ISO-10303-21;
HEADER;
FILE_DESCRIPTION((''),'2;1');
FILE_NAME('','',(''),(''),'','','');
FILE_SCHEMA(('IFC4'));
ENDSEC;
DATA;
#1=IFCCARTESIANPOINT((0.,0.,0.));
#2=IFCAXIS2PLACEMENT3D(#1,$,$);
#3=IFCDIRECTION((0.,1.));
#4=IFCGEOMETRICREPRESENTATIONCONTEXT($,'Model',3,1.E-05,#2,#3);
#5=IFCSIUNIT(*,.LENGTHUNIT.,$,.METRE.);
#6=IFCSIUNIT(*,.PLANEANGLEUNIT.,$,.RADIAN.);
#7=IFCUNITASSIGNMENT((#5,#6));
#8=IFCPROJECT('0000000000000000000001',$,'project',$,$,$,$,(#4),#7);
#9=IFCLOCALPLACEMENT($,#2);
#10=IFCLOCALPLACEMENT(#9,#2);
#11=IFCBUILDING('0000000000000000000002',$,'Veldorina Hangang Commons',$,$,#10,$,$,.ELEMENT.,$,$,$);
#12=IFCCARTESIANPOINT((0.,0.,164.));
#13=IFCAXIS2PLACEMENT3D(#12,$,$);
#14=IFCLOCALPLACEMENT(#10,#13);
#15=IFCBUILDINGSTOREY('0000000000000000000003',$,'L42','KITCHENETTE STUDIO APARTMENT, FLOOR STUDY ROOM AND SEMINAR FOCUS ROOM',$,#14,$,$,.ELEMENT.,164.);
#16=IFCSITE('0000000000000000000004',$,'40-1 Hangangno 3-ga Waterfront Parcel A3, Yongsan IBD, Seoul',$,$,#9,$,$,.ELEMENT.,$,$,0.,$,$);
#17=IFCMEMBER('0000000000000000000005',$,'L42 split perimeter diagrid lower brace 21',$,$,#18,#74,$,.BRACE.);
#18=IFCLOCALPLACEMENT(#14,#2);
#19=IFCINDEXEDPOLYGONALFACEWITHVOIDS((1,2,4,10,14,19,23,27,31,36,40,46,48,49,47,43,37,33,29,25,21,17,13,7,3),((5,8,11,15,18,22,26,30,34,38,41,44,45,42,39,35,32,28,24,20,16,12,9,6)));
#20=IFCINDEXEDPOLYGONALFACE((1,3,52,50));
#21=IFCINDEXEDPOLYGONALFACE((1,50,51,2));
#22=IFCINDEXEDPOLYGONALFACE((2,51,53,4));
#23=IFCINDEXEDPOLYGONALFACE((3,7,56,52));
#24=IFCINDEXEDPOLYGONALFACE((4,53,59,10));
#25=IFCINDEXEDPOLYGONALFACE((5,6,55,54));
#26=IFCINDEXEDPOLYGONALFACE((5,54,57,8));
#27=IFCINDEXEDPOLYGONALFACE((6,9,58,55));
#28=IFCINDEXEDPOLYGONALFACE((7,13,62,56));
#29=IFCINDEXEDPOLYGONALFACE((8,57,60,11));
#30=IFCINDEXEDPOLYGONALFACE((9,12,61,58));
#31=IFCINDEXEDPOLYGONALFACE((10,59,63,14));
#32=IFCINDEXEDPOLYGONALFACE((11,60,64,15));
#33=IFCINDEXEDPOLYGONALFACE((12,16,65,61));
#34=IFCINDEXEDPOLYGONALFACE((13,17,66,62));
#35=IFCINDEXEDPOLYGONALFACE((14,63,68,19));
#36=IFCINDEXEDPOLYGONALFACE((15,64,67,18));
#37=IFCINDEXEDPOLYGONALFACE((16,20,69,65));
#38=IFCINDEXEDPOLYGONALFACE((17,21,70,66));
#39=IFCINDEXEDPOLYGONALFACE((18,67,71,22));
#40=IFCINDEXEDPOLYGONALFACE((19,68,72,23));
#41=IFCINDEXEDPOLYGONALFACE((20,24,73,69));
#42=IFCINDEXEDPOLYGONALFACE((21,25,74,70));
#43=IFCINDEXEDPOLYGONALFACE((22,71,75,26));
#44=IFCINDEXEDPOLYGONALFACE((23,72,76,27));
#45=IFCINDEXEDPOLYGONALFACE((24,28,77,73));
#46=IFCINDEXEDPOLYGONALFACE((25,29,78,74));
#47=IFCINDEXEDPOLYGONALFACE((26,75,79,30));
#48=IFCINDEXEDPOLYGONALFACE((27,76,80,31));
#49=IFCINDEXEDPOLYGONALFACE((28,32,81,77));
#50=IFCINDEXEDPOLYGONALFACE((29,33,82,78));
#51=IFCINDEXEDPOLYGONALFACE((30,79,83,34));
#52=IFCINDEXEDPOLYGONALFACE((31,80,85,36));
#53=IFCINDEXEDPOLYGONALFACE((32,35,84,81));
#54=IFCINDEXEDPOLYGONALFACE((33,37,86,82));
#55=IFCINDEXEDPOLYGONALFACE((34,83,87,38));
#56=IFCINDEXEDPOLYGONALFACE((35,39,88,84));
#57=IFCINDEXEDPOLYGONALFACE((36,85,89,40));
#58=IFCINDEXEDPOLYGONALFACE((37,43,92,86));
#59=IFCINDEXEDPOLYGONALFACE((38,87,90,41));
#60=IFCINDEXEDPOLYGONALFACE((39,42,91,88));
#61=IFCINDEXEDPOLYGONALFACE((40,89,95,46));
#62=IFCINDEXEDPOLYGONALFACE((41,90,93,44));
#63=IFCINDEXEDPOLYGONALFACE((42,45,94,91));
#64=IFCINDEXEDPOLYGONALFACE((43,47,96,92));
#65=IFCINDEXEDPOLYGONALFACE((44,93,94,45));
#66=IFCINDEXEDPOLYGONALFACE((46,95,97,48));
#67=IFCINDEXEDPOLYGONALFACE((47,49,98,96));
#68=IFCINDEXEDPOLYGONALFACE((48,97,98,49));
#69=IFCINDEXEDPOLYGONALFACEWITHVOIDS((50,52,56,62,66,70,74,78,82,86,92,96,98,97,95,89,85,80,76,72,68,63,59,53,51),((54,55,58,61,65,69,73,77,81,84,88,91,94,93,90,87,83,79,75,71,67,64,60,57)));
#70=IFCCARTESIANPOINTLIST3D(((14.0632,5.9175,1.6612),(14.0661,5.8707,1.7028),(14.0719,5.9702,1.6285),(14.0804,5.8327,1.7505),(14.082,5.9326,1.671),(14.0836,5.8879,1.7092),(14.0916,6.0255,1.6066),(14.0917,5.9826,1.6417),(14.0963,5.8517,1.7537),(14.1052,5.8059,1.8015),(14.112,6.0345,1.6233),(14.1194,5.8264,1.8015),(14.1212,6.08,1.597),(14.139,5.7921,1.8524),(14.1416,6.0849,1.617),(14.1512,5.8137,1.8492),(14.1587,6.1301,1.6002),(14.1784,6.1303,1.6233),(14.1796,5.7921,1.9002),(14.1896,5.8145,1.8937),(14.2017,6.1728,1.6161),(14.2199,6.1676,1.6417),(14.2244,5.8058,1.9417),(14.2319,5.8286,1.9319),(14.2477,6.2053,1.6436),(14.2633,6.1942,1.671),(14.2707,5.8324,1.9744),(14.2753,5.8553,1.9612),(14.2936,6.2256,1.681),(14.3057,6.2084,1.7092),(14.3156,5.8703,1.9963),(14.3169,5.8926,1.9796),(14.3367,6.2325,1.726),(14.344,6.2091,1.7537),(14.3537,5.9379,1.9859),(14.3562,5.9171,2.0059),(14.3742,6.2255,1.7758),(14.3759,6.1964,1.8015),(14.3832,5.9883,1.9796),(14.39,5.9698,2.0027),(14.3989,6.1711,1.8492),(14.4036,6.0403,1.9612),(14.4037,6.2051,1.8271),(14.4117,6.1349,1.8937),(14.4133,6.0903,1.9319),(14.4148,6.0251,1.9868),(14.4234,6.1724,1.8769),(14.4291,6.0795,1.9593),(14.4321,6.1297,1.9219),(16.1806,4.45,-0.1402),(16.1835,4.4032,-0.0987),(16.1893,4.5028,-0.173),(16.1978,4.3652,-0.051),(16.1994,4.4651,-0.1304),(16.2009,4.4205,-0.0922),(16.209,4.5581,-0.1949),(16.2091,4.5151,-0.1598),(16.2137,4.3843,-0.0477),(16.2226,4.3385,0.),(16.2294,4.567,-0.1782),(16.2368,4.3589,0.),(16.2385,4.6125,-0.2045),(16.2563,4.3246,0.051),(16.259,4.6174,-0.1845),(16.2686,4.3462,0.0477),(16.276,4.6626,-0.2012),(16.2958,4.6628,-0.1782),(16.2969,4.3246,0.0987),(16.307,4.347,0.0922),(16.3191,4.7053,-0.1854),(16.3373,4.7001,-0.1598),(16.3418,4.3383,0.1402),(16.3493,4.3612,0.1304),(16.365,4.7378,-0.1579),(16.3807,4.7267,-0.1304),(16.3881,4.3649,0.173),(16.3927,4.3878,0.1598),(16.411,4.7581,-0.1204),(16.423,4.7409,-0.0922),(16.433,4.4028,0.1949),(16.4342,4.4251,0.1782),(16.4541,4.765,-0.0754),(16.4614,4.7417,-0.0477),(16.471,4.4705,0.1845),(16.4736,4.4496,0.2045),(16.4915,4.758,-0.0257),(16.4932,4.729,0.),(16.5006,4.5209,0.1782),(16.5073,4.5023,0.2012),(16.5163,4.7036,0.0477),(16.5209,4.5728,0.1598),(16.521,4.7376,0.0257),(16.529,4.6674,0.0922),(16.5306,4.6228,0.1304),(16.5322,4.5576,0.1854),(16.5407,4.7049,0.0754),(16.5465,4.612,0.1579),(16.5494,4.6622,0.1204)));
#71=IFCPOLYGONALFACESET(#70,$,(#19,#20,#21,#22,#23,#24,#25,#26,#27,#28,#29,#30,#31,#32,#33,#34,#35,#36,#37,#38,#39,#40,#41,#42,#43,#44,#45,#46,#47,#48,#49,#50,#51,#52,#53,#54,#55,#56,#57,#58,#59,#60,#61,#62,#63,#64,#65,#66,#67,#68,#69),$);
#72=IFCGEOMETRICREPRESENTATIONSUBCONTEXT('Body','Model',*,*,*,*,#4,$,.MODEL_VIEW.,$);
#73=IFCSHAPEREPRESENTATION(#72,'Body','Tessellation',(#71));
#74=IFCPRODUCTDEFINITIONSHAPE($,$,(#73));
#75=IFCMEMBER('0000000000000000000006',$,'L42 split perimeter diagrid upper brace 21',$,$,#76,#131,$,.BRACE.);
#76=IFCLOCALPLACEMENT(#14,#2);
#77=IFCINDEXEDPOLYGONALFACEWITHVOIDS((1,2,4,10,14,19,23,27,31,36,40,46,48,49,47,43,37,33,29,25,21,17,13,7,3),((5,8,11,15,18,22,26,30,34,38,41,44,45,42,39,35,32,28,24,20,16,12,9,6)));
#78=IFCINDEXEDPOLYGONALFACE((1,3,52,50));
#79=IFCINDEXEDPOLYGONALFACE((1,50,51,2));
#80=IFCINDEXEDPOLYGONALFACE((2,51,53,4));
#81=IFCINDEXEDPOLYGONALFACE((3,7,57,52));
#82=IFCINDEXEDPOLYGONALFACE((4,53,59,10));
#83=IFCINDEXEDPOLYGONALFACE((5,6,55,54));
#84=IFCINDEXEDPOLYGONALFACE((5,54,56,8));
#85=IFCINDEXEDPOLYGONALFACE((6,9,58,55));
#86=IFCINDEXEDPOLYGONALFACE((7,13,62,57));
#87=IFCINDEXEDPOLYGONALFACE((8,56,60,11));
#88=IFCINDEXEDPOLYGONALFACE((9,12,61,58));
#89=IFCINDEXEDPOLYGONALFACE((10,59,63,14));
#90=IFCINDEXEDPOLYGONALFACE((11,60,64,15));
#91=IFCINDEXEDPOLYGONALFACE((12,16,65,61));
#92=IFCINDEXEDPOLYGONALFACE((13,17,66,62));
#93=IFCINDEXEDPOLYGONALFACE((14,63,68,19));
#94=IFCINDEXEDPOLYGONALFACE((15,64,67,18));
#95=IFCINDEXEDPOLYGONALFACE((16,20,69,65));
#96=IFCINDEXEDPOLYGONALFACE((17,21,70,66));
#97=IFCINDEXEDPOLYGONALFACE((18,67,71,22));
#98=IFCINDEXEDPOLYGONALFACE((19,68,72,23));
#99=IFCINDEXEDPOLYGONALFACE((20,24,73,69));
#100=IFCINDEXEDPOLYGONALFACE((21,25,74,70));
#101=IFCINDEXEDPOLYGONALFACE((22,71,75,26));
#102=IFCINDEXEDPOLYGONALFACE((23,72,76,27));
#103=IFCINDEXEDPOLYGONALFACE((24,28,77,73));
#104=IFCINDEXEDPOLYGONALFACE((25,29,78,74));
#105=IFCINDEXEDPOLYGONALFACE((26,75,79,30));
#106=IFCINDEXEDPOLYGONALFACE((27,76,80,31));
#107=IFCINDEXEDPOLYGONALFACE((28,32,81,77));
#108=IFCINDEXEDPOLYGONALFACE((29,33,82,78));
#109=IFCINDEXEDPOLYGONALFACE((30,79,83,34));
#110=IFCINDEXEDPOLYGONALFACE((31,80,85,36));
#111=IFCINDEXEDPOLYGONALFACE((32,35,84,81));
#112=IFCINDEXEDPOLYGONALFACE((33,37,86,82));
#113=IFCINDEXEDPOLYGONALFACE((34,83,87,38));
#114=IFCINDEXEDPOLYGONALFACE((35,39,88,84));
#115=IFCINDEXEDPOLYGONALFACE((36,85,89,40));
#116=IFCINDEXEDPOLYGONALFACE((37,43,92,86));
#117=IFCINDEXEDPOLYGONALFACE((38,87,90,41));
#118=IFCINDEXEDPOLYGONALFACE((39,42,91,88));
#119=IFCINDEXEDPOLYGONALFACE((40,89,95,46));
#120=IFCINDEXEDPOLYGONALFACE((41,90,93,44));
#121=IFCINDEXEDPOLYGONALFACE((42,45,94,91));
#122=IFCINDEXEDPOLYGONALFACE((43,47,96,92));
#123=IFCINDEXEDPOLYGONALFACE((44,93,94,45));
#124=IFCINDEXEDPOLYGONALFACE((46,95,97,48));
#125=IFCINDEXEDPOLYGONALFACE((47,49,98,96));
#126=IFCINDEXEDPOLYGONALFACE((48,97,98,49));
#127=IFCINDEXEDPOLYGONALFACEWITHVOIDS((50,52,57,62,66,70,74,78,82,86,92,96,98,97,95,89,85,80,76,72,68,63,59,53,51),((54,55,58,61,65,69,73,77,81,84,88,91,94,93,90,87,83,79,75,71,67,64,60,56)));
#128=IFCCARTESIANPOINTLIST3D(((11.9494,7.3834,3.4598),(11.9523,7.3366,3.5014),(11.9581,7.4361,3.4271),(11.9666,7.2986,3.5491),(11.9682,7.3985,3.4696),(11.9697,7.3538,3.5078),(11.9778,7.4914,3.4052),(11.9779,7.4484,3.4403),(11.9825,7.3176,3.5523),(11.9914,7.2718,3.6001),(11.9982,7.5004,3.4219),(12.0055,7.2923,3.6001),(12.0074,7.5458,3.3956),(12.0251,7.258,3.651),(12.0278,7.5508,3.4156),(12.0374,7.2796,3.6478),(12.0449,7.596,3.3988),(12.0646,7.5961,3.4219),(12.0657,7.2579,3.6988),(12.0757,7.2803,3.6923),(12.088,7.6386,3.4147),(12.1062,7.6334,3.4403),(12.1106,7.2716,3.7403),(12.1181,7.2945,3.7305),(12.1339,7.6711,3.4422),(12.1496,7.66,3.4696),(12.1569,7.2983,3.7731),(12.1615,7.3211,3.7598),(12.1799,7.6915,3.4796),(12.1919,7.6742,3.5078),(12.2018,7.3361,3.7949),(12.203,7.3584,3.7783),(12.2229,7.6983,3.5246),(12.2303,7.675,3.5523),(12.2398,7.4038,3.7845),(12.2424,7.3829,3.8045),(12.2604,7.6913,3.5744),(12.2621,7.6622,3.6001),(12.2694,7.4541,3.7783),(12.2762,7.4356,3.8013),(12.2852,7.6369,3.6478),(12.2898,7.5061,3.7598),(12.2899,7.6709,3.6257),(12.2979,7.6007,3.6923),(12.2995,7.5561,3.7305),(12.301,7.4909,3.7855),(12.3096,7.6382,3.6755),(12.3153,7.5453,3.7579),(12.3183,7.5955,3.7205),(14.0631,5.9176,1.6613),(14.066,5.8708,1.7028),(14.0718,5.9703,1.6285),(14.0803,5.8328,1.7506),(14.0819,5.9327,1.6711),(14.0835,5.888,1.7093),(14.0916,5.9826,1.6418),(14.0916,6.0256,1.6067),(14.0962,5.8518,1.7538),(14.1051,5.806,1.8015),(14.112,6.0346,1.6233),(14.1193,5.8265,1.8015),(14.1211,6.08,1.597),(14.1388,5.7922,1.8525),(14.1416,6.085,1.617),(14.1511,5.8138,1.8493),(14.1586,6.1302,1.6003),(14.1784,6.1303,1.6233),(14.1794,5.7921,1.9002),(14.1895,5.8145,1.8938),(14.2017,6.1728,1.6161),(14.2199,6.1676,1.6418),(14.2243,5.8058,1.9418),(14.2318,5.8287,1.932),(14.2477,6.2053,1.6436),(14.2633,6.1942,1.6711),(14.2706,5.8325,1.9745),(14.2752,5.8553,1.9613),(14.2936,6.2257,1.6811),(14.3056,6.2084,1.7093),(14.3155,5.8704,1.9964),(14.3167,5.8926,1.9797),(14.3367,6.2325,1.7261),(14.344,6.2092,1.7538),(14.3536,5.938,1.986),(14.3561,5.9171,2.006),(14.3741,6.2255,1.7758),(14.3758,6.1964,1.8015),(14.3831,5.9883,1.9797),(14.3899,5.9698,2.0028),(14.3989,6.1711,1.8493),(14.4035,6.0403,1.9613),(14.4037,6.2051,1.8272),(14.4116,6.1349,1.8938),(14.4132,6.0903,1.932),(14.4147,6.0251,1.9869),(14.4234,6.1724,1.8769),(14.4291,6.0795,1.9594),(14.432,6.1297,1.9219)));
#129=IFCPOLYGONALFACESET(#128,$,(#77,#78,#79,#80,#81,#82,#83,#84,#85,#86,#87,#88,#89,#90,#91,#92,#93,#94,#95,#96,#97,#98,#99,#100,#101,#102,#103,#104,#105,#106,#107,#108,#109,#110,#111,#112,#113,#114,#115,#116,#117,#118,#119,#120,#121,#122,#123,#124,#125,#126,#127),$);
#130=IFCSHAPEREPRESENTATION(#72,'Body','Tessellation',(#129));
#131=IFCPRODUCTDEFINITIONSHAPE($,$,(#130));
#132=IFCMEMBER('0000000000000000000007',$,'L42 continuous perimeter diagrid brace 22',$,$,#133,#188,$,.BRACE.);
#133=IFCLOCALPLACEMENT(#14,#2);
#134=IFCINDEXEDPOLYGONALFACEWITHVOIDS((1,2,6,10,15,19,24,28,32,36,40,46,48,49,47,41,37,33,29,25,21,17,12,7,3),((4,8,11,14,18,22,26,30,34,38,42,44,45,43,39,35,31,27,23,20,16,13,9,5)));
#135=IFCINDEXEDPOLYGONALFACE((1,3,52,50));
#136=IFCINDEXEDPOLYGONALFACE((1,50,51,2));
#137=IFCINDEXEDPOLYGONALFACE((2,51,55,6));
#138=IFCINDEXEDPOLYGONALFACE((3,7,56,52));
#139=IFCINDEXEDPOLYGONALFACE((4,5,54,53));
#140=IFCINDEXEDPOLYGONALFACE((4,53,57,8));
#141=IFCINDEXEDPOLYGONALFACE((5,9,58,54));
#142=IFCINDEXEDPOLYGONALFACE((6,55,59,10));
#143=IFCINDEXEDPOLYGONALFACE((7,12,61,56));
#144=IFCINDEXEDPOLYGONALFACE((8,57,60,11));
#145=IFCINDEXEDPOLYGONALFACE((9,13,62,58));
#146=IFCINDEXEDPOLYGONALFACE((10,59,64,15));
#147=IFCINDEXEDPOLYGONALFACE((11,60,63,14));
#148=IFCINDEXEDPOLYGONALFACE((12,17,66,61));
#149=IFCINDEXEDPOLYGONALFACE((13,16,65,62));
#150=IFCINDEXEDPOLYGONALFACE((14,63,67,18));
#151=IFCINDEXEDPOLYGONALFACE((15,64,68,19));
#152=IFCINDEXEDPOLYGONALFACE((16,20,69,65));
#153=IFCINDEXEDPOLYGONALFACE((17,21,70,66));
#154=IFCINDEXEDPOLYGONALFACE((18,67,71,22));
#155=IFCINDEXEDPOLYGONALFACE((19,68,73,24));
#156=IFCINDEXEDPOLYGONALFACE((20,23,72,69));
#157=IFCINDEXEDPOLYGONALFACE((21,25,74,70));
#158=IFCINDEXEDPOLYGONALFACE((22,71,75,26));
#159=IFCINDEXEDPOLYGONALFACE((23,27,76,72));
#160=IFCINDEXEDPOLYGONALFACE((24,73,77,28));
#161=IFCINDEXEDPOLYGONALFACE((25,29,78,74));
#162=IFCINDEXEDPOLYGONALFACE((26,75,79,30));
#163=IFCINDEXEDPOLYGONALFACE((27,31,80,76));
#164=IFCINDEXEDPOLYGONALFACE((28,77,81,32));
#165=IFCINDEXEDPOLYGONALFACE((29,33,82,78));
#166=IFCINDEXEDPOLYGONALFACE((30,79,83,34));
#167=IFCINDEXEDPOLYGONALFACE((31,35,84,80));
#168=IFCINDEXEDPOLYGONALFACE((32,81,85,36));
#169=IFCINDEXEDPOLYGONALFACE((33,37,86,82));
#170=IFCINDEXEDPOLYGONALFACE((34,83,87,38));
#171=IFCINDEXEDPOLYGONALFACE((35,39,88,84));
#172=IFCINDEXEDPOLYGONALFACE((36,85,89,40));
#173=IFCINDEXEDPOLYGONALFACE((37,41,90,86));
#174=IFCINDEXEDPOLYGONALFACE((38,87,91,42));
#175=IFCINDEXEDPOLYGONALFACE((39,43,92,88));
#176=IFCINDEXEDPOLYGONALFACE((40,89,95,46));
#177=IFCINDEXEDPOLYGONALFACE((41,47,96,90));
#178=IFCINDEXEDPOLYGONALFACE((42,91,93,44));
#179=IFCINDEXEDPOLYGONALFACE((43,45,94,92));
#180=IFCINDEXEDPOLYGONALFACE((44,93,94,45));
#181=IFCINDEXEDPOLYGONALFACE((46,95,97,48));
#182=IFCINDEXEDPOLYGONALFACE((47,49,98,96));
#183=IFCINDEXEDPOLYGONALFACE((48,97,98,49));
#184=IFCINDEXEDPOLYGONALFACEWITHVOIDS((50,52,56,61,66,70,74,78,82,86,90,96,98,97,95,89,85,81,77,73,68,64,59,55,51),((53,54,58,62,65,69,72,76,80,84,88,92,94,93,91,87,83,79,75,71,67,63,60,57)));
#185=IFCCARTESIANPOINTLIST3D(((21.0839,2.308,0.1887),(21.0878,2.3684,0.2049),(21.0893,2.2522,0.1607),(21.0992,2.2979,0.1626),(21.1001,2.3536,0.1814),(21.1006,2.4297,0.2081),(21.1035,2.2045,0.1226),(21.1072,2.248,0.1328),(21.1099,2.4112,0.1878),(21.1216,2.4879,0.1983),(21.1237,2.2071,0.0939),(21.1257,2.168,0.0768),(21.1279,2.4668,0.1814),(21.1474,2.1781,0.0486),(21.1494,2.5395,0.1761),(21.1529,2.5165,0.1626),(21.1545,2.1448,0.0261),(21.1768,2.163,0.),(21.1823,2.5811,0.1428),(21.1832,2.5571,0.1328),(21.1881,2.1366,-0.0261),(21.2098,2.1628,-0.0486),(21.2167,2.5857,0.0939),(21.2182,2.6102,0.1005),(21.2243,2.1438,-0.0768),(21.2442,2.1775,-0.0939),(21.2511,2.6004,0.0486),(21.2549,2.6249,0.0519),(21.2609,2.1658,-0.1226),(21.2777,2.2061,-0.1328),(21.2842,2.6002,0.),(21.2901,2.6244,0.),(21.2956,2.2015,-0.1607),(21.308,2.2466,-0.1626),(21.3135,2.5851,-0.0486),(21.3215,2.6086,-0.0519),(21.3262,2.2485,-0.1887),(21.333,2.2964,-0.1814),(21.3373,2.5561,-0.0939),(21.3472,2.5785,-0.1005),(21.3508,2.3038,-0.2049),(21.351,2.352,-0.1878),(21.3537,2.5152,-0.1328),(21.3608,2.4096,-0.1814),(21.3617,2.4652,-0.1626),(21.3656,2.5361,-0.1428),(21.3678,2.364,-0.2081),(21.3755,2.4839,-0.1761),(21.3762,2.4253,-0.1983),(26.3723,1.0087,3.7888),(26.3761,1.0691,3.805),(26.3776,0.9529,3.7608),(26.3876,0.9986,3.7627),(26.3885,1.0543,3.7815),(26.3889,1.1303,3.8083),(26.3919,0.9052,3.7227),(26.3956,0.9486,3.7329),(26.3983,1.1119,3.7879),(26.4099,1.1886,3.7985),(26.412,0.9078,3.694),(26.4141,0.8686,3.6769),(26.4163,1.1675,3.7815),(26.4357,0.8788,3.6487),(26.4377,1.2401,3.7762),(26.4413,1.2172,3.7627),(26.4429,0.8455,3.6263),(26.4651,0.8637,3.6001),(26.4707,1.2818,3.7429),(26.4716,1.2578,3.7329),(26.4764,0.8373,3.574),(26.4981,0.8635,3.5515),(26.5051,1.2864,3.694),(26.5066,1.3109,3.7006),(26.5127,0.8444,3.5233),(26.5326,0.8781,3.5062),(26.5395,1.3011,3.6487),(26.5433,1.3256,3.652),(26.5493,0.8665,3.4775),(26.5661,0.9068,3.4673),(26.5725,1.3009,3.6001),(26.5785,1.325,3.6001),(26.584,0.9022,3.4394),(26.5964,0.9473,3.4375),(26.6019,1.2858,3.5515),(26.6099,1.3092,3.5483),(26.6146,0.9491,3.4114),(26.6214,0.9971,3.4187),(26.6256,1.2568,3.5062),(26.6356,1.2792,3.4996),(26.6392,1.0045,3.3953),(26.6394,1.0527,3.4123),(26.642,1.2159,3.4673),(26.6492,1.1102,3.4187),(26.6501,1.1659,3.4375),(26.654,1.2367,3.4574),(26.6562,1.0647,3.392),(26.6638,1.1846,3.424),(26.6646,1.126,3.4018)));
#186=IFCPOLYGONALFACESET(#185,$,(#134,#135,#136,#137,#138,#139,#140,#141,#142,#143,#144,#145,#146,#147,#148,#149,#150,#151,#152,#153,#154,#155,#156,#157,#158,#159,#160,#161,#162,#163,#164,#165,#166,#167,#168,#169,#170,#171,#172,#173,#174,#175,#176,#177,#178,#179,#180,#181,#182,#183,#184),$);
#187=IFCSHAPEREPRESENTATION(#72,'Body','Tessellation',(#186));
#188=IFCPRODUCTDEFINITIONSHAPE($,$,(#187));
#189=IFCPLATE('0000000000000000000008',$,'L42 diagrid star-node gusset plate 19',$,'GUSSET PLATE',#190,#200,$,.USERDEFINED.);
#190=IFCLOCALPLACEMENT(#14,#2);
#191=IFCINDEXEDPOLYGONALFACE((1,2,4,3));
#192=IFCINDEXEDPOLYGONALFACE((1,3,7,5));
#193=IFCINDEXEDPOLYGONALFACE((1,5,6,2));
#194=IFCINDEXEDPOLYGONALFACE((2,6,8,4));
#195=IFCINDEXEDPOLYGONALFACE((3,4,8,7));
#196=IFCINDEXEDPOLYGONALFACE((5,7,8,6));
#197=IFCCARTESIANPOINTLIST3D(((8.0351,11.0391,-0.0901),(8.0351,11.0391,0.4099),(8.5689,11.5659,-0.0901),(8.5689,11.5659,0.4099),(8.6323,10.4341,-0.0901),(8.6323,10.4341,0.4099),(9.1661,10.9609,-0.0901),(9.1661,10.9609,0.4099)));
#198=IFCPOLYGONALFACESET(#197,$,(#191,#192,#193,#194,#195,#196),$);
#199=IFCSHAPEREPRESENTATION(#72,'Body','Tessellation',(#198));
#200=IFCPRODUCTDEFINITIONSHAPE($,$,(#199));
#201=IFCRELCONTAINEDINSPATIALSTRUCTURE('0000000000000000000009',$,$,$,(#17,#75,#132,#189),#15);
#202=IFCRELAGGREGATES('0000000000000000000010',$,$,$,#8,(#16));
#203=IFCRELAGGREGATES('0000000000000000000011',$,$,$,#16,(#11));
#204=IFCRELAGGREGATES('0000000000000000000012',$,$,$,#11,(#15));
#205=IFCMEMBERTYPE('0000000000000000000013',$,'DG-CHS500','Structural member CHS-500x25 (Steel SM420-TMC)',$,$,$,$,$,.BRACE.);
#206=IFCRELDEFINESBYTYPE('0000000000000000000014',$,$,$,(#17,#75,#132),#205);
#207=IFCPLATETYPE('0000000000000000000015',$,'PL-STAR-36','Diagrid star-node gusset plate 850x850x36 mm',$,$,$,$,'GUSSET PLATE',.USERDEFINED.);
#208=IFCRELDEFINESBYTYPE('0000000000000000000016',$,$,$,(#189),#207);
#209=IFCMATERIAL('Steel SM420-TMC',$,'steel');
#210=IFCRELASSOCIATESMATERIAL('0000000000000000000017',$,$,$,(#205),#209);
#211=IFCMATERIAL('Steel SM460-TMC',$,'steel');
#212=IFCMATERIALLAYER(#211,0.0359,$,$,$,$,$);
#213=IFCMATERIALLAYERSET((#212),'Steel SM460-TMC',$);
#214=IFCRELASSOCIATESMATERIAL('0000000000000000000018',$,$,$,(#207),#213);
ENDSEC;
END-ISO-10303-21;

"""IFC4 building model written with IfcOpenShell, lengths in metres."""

from ifc_helpers import new_model, si_unit, direction, frame, origin, origin_2d, place, context, subcontext, project, spatial, rectangle, hollow_circle, extrude, material, layer, layer_set, material_profile, profile_set, type_object, element, save


model = new_model("IFC4")

# Units and contexts
model_context = context("Model", 3, precision=1e-05, world=origin(), true_north=direction((0.0, 1.0)))
body_context = subcontext(model_context, "Body", "Model", "MODEL_VIEW")
ifc_project = project(units=[si_unit("LENGTHUNIT", "METRE"), si_unit("PLANEANGLEUNIT", "RADIAN")], contexts=[model_context])

# Site, building, storey
site_placement = place(None, origin())
site = spatial("IfcSite", under=ifc_project, at=site_placement, Name="40-1 Hangangno 3-ga Waterfront Parcel A3, Yongsan IBD, Seoul", CompositionType="ELEMENT", RefElevation=0.0)
building_placement = place(site_placement, origin())
building = spatial("IfcBuilding", under=site, at=building_placement, Name="Veldorina Hangang Commons", CompositionType="ELEMENT")
storey_placement = place(building_placement, frame((0.0, 0.0, 164.0)))
storey = spatial("IfcBuildingStorey", under=building, at=storey_placement, Name="L42", Description="KITCHENETTE STUDIO APARTMENT, FLOOR STUDY ROOM AND SEMINAR FOCUS ROOM", CompositionType="ELEMENT", Elevation=164.0)

# Shared definitions
ifc_material_1 = material(Name="Steel SM420-TMC", Category="steel")

# Members
ifc_material_profile_1 = material_profile(ifc_material_1, hollow_circle(Radius=0.25, WallThickness=0.0249, at=origin_2d()), Name="CHS-500x25")
ifc_profile_set_1 = profile_set([ifc_material_profile_1], Name="Steel SM420-TMC")
member_type = type_object("IfcMemberType", Name="DG-CHS500", Description="Structural member CHS-500x25 (Steel SM420-TMC)", PredefinedType="BRACE", material=ifc_profile_set_1)
member_1_placement = place(storey_placement, frame((16.365, 4.5439, 0.0), z_axis=(-0.673556, 0.466822, 0.573062), x_axis=(-0.569634, -0.821899, 0.0)))
element("IfcMember", 1, at=member_1_placement, inside=storey, type_object=member_type, Name="L42 split perimeter diagrid lower brace 21", PredefinedType="BRACE", context=body_context, shape_type="SweptSolid", body=[
    extrude(hollow_circle(Radius=0.25, WallThickness=0.0249, at=origin_2d()), origin(), (0.0, 0.0, 1.0), 3.1436),
])
member_2_placement = place(storey_placement, frame((14.2476, 6.0115, 1.8015), z_axis=(-0.67345, 0.467012, 0.573031), x_axis=(-0.569851, -0.821748, 0.0)))
element("IfcMember", 2, at=member_2_placement, inside=storey, type_object=member_type, Name="L42 split perimeter diagrid upper brace 21", PredefinedType="BRACE", context=body_context, shape_type="SweptSolid", body=[
    extrude(hollow_circle(Radius=0.25, WallThickness=0.0249, at=origin_2d()), origin(), (0.0, 0.0, 1.0), 3.1387),
])
member_3_placement = place(storey_placement, frame((21.2305, 2.3816, 0.0), z_axis=(0.810094, -0.199036, 0.551482), x_axis=(0.238599, 0.971118, 0.0)))
element("IfcMember", 3, at=member_3_placement, inside=storey, type_object=member_type, Name="L42 continuous perimeter diagrid brace 22", PredefinedType="BRACE", context=body_context, shape_type="SweptSolid", body=[
    extrude(hollow_circle(Radius=0.25, WallThickness=0.0249, at=origin_2d()), origin(), (0.0, 0.0, 1.0), 6.5281),
])

# Plate
ifc_material_2 = material(Name="Steel SM460-TMC", Category="steel")
ifc_layer_1 = layer(ifc_material_2, 0.0359)
ifc_layer_set_1 = layer_set([ifc_layer_1], Name="Steel SM460-TMC")
plate_type = type_object("IfcPlateType", Name="PL-STAR-36", Description="Diagrid star-node gusset plate 850x850x36 mm", ElementType="GUSSET PLATE", PredefinedType="USERDEFINED", material=ifc_layer_set_1)
for number, where, z_axis, x_axis, name in (
    (4, (8.6006, 11.0, -0.0901), (0.0, 0.0, 1.0), (0.702489, -0.711695, 0.0), "L42 diagrid star-node gusset plate 19"),
):
    element("IfcPlate", number, at=place(storey_placement, frame(where, z_axis=z_axis, x_axis=x_axis)), inside=storey, type_object=plate_type, Name=name, ObjectType="GUSSET PLATE", PredefinedType="USERDEFINED", context=body_context, shape_type="SweptSolid", body=[
        extrude(rectangle(XDim=0.8501, YDim=0.75, at=origin_2d()), origin(), (0.0, 0.0, 1.0), 0.5),
    ])

save(model, "model.ifc")
